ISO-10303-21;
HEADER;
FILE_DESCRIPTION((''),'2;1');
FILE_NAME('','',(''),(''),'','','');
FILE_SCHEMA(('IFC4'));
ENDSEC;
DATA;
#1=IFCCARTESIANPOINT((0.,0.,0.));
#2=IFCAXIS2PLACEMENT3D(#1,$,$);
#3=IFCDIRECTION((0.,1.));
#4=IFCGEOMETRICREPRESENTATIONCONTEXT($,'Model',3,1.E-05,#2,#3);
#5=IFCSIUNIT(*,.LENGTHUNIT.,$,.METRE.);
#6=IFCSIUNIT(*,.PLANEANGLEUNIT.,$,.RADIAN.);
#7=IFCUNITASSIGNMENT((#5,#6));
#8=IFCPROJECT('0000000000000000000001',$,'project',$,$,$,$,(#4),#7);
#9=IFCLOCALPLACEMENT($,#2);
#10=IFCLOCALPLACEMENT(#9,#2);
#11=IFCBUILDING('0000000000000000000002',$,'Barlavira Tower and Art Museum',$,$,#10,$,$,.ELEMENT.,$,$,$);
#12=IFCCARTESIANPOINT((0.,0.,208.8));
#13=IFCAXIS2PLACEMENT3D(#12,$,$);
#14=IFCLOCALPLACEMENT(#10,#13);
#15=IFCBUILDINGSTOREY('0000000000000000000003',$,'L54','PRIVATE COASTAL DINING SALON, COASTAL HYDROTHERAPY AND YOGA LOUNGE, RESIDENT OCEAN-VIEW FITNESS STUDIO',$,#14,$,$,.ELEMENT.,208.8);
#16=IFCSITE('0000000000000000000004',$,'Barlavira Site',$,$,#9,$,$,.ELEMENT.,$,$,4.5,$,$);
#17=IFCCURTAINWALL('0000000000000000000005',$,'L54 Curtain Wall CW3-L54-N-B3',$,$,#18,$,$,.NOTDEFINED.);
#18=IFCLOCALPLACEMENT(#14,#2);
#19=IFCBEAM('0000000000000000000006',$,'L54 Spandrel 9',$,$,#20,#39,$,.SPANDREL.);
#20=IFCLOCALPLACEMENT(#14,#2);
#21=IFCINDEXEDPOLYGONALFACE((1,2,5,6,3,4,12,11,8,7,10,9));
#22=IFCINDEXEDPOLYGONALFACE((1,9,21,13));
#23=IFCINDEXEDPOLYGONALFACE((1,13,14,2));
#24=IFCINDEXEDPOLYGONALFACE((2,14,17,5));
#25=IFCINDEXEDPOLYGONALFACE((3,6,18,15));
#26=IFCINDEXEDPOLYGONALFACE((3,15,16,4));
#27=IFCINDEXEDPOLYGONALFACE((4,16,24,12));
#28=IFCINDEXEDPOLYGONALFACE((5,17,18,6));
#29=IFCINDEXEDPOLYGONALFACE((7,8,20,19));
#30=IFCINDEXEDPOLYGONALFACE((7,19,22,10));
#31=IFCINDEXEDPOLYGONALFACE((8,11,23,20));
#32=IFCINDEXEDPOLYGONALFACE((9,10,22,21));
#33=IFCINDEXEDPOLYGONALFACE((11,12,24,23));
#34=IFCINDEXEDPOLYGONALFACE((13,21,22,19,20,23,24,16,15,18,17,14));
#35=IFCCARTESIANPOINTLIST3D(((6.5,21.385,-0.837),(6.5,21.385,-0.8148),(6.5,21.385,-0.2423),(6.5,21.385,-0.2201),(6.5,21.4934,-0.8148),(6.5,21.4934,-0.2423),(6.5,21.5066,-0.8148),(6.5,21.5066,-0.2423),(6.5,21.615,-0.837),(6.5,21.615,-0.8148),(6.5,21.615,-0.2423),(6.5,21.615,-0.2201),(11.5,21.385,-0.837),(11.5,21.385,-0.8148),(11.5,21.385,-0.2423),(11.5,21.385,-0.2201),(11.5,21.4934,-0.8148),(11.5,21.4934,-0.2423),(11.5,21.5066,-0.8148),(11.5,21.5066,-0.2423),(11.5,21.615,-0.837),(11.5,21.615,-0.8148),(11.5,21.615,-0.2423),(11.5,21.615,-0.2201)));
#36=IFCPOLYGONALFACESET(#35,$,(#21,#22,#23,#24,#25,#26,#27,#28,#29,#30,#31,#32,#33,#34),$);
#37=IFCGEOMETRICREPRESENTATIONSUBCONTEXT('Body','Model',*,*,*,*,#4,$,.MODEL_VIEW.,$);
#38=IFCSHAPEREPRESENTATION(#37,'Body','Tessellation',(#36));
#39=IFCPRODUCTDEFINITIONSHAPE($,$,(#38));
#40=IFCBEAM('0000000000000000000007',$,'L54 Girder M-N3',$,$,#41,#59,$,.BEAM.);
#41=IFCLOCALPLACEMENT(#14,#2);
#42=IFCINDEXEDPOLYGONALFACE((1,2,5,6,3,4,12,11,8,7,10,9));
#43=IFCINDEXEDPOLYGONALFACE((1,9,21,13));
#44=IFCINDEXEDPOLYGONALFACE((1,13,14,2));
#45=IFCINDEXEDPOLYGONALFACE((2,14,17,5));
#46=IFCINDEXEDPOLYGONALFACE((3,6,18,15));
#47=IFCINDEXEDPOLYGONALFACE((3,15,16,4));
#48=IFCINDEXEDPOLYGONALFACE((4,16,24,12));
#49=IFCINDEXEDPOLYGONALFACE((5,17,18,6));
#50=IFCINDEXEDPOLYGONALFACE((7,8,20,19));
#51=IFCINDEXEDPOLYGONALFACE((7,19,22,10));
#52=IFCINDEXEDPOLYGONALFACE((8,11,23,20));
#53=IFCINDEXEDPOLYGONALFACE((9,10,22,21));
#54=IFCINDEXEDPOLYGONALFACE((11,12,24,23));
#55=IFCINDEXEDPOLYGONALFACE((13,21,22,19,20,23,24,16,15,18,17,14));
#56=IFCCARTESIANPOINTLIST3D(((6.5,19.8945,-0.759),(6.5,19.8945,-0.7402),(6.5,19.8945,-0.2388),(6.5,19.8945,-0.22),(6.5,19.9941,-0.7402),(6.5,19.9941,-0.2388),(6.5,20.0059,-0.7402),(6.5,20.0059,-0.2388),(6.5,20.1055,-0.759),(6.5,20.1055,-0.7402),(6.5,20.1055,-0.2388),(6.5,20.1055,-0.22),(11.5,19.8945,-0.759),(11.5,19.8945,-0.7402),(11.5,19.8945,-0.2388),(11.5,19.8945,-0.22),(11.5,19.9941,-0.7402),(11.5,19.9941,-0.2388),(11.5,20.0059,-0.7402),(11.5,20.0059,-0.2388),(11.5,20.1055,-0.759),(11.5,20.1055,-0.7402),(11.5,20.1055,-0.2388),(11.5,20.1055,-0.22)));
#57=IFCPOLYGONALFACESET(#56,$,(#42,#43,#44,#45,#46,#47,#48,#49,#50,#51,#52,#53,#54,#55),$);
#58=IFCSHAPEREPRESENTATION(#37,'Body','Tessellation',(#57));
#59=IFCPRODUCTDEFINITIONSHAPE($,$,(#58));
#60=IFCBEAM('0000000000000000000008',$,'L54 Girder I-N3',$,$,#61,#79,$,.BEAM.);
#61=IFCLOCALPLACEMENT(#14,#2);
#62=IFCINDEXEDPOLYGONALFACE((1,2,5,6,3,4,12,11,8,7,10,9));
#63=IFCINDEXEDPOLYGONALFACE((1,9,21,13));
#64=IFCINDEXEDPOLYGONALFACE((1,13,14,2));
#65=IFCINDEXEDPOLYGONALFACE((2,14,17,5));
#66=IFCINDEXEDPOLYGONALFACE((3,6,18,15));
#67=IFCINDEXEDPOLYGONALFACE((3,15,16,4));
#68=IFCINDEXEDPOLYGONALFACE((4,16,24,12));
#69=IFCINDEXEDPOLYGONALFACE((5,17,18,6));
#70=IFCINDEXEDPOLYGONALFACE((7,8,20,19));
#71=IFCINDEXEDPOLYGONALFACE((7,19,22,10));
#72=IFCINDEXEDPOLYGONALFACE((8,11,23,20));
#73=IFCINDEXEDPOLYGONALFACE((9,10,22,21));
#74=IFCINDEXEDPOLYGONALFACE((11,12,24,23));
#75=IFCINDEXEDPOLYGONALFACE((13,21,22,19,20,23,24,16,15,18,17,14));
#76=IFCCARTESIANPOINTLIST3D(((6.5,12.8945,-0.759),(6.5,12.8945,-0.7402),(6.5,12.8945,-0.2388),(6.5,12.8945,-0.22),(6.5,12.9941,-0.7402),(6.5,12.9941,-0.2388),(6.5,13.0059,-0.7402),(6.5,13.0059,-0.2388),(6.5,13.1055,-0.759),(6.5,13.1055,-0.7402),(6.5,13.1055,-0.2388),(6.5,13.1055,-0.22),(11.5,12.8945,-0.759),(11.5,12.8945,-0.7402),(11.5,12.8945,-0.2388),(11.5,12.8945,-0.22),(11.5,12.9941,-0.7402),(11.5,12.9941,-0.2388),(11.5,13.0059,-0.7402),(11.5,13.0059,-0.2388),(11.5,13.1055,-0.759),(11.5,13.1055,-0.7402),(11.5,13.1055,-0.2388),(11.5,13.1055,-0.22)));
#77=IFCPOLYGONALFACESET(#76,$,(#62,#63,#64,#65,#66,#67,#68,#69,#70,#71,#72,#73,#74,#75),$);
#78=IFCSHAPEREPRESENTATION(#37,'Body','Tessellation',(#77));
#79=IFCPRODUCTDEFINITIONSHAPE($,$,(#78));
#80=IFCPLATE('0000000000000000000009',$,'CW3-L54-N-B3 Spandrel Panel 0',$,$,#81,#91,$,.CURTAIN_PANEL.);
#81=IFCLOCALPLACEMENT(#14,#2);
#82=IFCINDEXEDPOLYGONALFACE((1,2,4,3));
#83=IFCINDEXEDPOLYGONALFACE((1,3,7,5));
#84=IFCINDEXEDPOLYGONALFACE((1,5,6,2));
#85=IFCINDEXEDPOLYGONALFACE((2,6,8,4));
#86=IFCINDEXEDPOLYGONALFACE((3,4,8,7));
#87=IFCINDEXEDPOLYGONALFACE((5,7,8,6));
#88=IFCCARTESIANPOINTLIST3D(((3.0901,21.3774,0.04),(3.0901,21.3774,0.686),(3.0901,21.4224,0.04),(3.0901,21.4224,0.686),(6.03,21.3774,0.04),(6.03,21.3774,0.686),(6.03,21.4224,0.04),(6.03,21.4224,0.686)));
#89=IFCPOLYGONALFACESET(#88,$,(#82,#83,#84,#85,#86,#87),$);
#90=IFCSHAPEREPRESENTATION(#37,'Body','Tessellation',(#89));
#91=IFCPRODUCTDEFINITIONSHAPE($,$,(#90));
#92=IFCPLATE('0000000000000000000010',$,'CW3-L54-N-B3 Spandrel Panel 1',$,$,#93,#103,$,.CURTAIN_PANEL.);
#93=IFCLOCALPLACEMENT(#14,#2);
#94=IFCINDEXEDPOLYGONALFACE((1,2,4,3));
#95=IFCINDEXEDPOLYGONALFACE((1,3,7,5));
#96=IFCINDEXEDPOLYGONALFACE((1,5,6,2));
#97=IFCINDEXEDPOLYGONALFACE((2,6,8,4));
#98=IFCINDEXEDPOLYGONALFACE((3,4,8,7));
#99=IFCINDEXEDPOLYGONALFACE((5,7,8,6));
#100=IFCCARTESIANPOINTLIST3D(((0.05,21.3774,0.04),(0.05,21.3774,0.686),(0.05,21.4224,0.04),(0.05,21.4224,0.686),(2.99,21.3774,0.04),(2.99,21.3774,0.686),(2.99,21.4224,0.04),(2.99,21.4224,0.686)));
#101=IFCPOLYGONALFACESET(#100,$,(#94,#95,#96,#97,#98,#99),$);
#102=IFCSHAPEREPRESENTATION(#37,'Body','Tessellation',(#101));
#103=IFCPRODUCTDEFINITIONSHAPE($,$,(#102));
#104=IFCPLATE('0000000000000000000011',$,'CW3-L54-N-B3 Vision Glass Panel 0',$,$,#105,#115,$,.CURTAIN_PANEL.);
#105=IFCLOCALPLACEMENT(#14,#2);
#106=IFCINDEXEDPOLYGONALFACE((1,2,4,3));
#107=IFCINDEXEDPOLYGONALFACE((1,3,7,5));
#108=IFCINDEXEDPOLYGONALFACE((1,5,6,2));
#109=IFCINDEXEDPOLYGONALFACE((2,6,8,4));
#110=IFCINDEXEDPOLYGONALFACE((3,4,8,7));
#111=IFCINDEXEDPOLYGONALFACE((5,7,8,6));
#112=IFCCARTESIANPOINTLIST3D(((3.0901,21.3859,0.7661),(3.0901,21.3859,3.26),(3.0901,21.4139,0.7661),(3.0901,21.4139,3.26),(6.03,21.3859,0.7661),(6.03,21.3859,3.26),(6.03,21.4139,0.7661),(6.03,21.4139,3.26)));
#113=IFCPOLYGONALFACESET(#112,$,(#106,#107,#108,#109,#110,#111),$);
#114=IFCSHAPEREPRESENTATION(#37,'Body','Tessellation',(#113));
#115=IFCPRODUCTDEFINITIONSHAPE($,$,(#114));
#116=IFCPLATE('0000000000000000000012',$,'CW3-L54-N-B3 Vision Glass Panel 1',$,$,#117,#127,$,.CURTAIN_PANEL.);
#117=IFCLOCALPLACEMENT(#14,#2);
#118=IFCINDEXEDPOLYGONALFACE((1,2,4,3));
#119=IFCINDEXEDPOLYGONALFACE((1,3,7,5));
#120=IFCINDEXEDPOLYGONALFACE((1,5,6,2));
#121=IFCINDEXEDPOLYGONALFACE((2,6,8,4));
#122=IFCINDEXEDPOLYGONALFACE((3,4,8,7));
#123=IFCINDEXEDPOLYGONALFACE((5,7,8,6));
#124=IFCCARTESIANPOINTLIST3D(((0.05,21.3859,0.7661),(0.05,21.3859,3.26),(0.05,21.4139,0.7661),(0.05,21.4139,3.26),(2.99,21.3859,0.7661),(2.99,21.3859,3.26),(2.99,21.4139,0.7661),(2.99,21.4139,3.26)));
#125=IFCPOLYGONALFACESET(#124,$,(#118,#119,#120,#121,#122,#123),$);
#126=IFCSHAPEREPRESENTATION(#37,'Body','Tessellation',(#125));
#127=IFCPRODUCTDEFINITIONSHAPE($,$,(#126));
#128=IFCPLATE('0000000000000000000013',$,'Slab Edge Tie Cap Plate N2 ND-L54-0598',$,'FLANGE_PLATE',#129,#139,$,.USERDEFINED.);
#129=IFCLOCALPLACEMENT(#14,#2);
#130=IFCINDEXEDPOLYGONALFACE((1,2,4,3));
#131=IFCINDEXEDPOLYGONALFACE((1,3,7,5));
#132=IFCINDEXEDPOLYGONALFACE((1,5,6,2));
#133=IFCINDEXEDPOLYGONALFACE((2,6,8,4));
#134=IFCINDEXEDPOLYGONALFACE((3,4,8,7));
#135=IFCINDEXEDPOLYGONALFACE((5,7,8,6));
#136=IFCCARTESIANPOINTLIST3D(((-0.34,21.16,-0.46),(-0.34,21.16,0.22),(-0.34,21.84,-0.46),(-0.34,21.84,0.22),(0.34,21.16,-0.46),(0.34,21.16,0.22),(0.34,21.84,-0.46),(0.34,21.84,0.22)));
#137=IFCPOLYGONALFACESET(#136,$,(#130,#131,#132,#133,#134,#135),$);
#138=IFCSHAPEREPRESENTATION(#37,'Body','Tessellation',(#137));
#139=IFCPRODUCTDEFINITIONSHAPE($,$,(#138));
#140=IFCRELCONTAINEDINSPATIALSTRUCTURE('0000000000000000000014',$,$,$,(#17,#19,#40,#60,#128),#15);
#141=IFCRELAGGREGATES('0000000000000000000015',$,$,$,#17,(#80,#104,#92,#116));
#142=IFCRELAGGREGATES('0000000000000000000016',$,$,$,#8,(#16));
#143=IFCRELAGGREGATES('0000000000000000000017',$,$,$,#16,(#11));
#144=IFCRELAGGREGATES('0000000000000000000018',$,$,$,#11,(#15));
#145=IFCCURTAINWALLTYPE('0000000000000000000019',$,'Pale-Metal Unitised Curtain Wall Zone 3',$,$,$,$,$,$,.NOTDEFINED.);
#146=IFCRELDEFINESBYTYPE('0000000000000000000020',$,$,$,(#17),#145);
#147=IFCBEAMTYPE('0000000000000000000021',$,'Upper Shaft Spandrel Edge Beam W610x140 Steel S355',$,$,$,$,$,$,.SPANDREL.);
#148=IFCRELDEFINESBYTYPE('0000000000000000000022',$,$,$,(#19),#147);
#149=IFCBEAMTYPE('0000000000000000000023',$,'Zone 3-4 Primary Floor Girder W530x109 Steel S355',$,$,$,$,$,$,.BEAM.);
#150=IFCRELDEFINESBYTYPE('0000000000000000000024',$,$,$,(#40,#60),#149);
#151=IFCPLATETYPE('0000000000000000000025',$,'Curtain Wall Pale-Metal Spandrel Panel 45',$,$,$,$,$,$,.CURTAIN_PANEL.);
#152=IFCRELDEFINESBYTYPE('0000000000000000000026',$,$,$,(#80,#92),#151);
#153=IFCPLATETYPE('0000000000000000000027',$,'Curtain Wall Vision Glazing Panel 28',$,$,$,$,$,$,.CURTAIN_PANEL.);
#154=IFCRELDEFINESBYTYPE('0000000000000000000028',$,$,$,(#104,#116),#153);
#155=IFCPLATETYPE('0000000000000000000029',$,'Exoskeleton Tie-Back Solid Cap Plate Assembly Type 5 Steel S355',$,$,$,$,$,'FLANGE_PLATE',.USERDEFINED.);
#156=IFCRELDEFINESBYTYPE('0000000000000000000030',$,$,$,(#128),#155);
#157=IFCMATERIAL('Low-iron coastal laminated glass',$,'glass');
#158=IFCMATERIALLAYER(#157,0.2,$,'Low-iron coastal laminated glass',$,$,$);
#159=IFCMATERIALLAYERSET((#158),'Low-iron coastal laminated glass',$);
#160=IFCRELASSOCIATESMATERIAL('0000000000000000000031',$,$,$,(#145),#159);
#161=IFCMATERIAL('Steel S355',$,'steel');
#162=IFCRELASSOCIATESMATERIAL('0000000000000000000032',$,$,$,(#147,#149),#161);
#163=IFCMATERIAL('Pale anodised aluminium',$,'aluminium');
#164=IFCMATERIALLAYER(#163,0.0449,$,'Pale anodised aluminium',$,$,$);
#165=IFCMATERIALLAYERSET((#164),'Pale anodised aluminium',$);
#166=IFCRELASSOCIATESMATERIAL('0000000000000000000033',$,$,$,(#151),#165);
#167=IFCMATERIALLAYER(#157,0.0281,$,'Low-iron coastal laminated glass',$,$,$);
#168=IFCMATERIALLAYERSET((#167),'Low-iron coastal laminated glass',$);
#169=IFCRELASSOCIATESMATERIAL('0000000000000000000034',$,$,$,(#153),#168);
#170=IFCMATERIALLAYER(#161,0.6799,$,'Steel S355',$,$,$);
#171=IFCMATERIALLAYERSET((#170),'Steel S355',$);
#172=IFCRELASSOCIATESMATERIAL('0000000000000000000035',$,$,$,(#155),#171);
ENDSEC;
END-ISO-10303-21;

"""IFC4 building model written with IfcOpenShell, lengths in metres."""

from ifc_helpers import new_model, si_unit, direction, frame, origin, origin_2d, place, context, subcontext, project, spatial, rectangle, i_section, extrude, material, layer, layer_set, material_profile, profile_set, type_object, element, aggregate, save


model = new_model("IFC4")

# Units and contexts
model_context = context("Model", 3, precision=1e-05, world=origin(), true_north=direction((0.0, 1.0)))
body_context = subcontext(model_context, "Body", "Model", "MODEL_VIEW")
ifc_project = project(units=[si_unit("LENGTHUNIT", "METRE"), si_unit("PLANEANGLEUNIT", "RADIAN")], contexts=[model_context])

# Site, building, storey
site_placement = place(None, origin())
site = spatial("IfcSite", under=ifc_project, at=site_placement, Name="Barlavira Site", CompositionType="ELEMENT", RefElevation=4.5)
building_placement = place(site_placement, origin())
building = spatial("IfcBuilding", under=site, at=building_placement, Name="Barlavira Tower and Art Museum", CompositionType="ELEMENT")
storey_placement = place(building_placement, frame((0.0, 0.0, 208.8)))
storey = spatial("IfcBuildingStorey", under=building, at=storey_placement, Name="L54", Description="PRIVATE COASTAL DINING SALON, COASTAL HYDROTHERAPY AND YOGA LOUNGE, RESIDENT OCEAN-VIEW FITNESS STUDIO", CompositionType="ELEMENT", Elevation=208.8)

# Curtain wall
ifc_material_1 = material(Name="Low-iron coastal laminated glass", Category="glass")
ifc_layer_1 = layer(ifc_material_1, 0.2, Name="Low-iron coastal laminated glass")
ifc_layer_set_1 = layer_set([ifc_layer_1], Name="Low-iron coastal laminated glass")
curtain_wall_type = type_object("IfcCurtainWallType", Name="Pale-Metal Unitised Curtain Wall Zone 3", PredefinedType="NOTDEFINED", material=ifc_layer_set_1)
curtain_wall_placement = place(storey_placement, origin())
curtain_wall = element("IfcCurtainWall", 1, at=curtain_wall_placement, inside=storey, type_object=curtain_wall_type, Name="L54 Curtain Wall CW3-L54-N-B3", PredefinedType="NOTDEFINED")
ifc_material_2 = material(Name="Pale anodised aluminium", Category="aluminium")

# Shared definitions
ifc_material_3 = material(Name="Steel S355", Category="steel")

# Beams
ifc_material_profile_1 = material_profile(ifc_material_3, i_section(OverallWidth=0.23, OverallDepth=0.6169, WebThickness=0.0132, FlangeThickness=0.0222, at=origin_2d()), Name="W610x140.0")
ifc_profile_set_1 = profile_set([ifc_material_profile_1], Name="Steel S355")
beam_type_1 = type_object("IfcBeamType", Name="Upper Shaft Spandrel Edge Beam W610x140 Steel S355", PredefinedType="SPANDREL", material=ifc_profile_set_1)
beam_placement = place(storey_placement, frame((6.5, 21.5, -0.5286), z_axis=(1.0, 0.0, 0.0), x_axis=(0.0, 1.0, 0.0)))
element("IfcBeam", 2, at=beam_placement, inside=storey, type_object=beam_type_1, Name="L54 Spandrel 9", PredefinedType="SPANDREL", context=body_context, shape_type="SweptSolid", body=[
    extrude(i_section(OverallWidth=0.23, OverallDepth=0.6169, WebThickness=0.0132, FlangeThickness=0.0222, at=origin_2d()), origin(), (0.0, 0.0, 1.0), 5.0),
])
ifc_material_profile_2 = material_profile(ifc_material_3, i_section(OverallWidth=0.2109, OverallDepth=0.5391, WebThickness=0.0117, FlangeThickness=0.0188, at=origin_2d()), Name="W530x109.0")
ifc_profile_set_2 = profile_set([ifc_material_profile_2], Name="Steel S355")
beam_type_2 = type_object("IfcBeamType", Name="Zone 3-4 Primary Floor Girder W530x109 Steel S355", PredefinedType="BEAM", material=ifc_profile_set_2)
for number, where, z_axis, x_axis, name in (
    (3, (6.5, 20.0, -0.4895), (1.0, 0.0, 0.0), (0.0, 1.0, 0.0), "L54 Girder M-N3"),
    (4, (6.5, 13.0, -0.4895), (1.0, 0.0, 0.0), (0.0, 1.0, 0.0), "L54 Girder I-N3"),
):
    element("IfcBeam", number, at=place(storey_placement, frame(where, z_axis=z_axis, x_axis=x_axis)), inside=storey, type_object=beam_type_2, Name=name, PredefinedType="BEAM", context=body_context, shape_type="SweptSolid", body=[
        extrude(i_section(OverallWidth=0.2109, OverallDepth=0.5391, WebThickness=0.0117, FlangeThickness=0.0188, at=origin_2d()), origin(), (0.0, 0.0, 1.0), 5.0),
    ])

# Plates
ifc_layer_2 = layer(ifc_material_2, 0.0449, Name="Pale anodised aluminium")
ifc_layer_set_2 = layer_set([ifc_layer_2], Name="Pale anodised aluminium")
plate_type_1 = type_object("IfcPlateType", Name="Curtain Wall Pale-Metal Spandrel Panel 45", PredefinedType="CURTAIN_PANEL", material=ifc_layer_set_2)
plate_1_placement = place(storey_placement, frame((4.5601, 21.3999, 0.04), z_axis=(0.0, 0.0, 1.0), x_axis=(-1.0, 0.0, 0.0)))
plate_1 = element("IfcPlate", 5, at=plate_1_placement, type_object=plate_type_1, Name="CW3-L54-N-B3 Spandrel Panel 0", PredefinedType="CURTAIN_PANEL", context=body_context, shape_type="SweptSolid", body=[
    extrude(rectangle(XDim=2.9399, YDim=0.0449, at=origin_2d()), origin(), (0.0, 0.0, 1.0), 0.646),
])
plate_2_placement = place(storey_placement, frame((1.52, 21.3999, 0.04), z_axis=(0.0, 0.0, 1.0), x_axis=(-1.0, 0.0, 0.0)))
plate_2 = element("IfcPlate", 6, at=plate_2_placement, type_object=plate_type_1, Name="CW3-L54-N-B3 Spandrel Panel 1", PredefinedType="CURTAIN_PANEL", context=body_context, shape_type="SweptSolid", body=[
    extrude(rectangle(XDim=2.9399, YDim=0.0449, at=origin_2d()), origin(), (0.0, 0.0, 1.0), 0.646),
])
ifc_layer_3 = layer(ifc_material_1, 0.0281, Name="Low-iron coastal laminated glass")
ifc_layer_set_3 = layer_set([ifc_layer_3], Name="Low-iron coastal laminated glass")
plate_type_2 = type_object("IfcPlateType", Name="Curtain Wall Vision Glazing Panel 28", PredefinedType="CURTAIN_PANEL", material=ifc_layer_set_3)
plate_3_placement = place(storey_placement, frame((4.5601, 21.3999, 0.7661), z_axis=(0.0, 0.0, 1.0), x_axis=(-1.0, 0.0, 0.0)))
plate_3 = element("IfcPlate", 7, at=plate_3_placement, type_object=plate_type_2, Name="CW3-L54-N-B3 Vision Glass Panel 0", PredefinedType="CURTAIN_PANEL", context=body_context, shape_type="SweptSolid", body=[
    extrude(rectangle(XDim=2.9399, YDim=0.0281, at=origin_2d()), origin(), (0.0, 0.0, 1.0), 2.4939),
])
plate_4_placement = place(storey_placement, frame((1.52, 21.3999, 0.7661), z_axis=(0.0, 0.0, 1.0), x_axis=(-1.0, 0.0, 0.0)))
plate_4 = element("IfcPlate", 8, at=plate_4_placement, type_object=plate_type_2, Name="CW3-L54-N-B3 Vision Glass Panel 1", PredefinedType="CURTAIN_PANEL", context=body_context, shape_type="SweptSolid", body=[
    extrude(rectangle(XDim=2.9399, YDim=0.0281, at=origin_2d()), origin(), (0.0, 0.0, 1.0), 2.4939),
])
aggregate(curtain_wall, [plate_1, plate_3, plate_2, plate_4])
ifc_layer_4 = layer(ifc_material_3, 0.6799, Name="Steel S355")
ifc_layer_set_4 = layer_set([ifc_layer_4], Name="Steel S355")
plate_type_3 = type_object("IfcPlateType", Name="Exoskeleton Tie-Back Solid Cap Plate Assembly Type 5 Steel S355", ElementType="FLANGE_PLATE", PredefinedType="USERDEFINED", material=ifc_layer_set_4)
plate_5_placement = place(storey_placement, frame((0.0, 21.5, -0.46), z_axis=(0.0, 0.0, 1.0), x_axis=(1.0, 0.0, 0.0)))
element("IfcPlate", 9, at=plate_5_placement, inside=storey, type_object=plate_type_3, Name="Slab Edge Tie Cap Plate N2 ND-L54-0598", ObjectType="FLANGE_PLATE", PredefinedType="USERDEFINED", context=body_context, shape_type="SweptSolid", body=[
    extrude(rectangle(XDim=0.6799, YDim=0.6799, at=origin_2d()), origin(), (0.0, 0.0, 1.0), 0.6799),
])

save(model, "model.ifc")
